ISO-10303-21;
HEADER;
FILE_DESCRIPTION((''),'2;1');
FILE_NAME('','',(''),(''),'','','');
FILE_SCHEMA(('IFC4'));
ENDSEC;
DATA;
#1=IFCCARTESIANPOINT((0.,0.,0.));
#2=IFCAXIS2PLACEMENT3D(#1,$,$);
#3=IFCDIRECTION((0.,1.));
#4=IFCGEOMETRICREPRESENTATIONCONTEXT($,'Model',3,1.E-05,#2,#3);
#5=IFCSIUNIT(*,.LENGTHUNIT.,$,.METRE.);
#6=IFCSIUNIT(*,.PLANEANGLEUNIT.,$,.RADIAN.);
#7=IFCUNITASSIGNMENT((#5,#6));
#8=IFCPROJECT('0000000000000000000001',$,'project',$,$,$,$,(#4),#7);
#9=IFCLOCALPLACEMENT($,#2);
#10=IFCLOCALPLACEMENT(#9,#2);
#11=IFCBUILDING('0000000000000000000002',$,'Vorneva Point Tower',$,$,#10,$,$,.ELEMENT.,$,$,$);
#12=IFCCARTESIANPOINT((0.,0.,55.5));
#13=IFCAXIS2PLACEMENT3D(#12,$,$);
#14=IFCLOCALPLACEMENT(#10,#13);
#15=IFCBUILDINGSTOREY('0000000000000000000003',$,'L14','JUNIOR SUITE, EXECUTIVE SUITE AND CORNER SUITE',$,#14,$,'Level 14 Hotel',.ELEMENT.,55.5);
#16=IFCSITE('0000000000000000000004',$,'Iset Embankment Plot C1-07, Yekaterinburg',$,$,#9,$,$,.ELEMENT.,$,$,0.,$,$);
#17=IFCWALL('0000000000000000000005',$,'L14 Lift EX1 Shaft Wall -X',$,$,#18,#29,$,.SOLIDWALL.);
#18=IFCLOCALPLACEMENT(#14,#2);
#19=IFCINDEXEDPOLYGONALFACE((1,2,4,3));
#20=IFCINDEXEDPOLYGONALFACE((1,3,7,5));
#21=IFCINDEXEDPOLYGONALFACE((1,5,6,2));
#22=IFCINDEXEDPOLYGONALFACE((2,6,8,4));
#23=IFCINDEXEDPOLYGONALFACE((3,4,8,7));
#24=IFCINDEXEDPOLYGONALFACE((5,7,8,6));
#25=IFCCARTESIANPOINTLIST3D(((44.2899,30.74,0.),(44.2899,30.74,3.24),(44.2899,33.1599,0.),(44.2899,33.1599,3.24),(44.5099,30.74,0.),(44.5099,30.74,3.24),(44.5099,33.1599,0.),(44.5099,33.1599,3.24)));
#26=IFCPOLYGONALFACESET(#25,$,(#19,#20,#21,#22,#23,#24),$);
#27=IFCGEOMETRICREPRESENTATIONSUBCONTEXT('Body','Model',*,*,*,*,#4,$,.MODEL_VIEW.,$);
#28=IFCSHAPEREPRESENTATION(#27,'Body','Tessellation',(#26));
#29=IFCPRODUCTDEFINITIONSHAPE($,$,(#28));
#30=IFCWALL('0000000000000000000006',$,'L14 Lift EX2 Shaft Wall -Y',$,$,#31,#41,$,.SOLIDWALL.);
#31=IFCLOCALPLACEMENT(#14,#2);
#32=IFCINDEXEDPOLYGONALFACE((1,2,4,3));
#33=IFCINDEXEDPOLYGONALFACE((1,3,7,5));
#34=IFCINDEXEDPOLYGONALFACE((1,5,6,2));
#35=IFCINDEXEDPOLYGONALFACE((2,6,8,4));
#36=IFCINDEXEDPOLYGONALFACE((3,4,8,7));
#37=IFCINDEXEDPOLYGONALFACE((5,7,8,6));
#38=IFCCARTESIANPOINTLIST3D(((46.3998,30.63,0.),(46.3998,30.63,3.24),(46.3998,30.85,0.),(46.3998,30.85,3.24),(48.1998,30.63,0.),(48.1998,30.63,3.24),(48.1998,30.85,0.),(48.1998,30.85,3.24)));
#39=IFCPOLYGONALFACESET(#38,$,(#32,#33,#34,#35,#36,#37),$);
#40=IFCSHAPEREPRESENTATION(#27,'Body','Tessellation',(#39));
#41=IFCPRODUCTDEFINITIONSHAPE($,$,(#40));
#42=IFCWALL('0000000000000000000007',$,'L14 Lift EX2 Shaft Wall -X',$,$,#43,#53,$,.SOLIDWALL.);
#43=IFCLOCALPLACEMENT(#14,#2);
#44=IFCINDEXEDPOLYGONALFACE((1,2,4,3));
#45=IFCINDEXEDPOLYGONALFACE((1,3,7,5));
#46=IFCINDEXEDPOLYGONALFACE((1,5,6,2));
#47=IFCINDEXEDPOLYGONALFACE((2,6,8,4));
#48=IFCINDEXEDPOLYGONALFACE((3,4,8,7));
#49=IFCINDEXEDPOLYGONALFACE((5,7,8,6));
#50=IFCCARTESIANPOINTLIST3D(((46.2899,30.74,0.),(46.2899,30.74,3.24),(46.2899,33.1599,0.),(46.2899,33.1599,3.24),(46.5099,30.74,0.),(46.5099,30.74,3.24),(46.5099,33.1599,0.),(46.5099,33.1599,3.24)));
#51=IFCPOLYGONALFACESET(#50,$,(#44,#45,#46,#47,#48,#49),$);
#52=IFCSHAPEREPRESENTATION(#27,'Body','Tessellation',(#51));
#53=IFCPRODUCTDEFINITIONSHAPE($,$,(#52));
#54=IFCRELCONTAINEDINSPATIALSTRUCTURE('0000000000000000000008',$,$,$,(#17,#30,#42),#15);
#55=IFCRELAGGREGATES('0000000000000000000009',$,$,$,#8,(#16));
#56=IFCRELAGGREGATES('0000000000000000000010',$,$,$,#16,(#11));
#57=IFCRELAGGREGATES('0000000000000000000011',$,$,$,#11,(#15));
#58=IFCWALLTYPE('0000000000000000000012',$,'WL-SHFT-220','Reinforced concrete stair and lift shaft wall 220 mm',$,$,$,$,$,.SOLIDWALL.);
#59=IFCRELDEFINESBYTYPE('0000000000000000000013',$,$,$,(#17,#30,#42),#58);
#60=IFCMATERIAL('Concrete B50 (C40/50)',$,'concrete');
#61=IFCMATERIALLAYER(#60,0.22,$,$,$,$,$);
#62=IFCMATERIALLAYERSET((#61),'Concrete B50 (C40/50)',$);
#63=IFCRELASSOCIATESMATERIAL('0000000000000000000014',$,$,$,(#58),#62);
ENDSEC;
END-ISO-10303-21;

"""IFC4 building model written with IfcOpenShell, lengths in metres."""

from ifc_helpers import new_model, si_unit, direction, frame, frame_2d, origin, place, context, subcontext, project, spatial, rectangle, extrude, material, layer, layer_set, type_object, element, save


model = new_model("IFC4")

# Units and contexts
model_context = context("Model", 3, precision=1e-05, world=origin(), true_north=direction((0.0, 1.0)))
body_context = subcontext(model_context, "Body", "Model", "MODEL_VIEW")
ifc_project = project(units=[si_unit("LENGTHUNIT", "METRE"), si_unit("PLANEANGLEUNIT", "RADIAN")], contexts=[model_context])

# Site, building, storey
site_placement = place(None, origin())
site = spatial("IfcSite", under=ifc_project, at=site_placement, Name="Iset Embankment Plot C1-07, Yekaterinburg", CompositionType="ELEMENT", RefElevation=0.0)
building_placement = place(site_placement, origin())
building = spatial("IfcBuilding", under=site, at=building_placement, Name="Vorneva Point Tower", CompositionType="ELEMENT")
storey_placement = place(building_placement, frame((0.0, 0.0, 55.5)))
storey = spatial("IfcBuildingStorey", under=building, at=storey_placement, Name="L14", Description="JUNIOR SUITE, EXECUTIVE SUITE AND CORNER SUITE", LongName="Level 14 Hotel", CompositionType="ELEMENT", Elevation=55.5)

# Walls
ifc_material_1 = material(Name="Concrete B50 (C40/50)", Category="concrete")
ifc_layer_1 = layer(ifc_material_1, 0.22)
ifc_layer_set_1 = layer_set([ifc_layer_1], Name="Concrete B50 (C40/50)")
wall_type_1 = type_object("IfcWallType", Name="WL-SHFT-220", Description="Reinforced concrete stair and lift shaft wall 220 mm", PredefinedType="SOLIDWALL", material=ifc_layer_set_1)
wall_1_placement = place(storey_placement, frame((44.3999, 33.1599, 0.0), z_axis=(0.0, 0.0, 1.0), x_axis=(0.0, -1.0, 0.0)))
element("IfcWall", 1, at=wall_1_placement, inside=storey, type_object=wall_type_1, Name="L14 Lift EX1 Shaft Wall -X", PredefinedType="SOLIDWALL", context=body_context, shape_type="SweptSolid", body=[
    extrude(rectangle(XDim=2.4199, YDim=0.22, at=frame_2d((1.21, 0.0))), origin(), (0.0, 0.0, 1.0), 3.24),
])
wall_2_placement = place(storey_placement, frame((46.3999, 30.74, 0.0), z_axis=(0.0, 0.0, 1.0), x_axis=(1.0, 0.0, 0.0)))
element("IfcWall", 2, at=wall_2_placement, inside=storey, type_object=wall_type_1, Name="L14 Lift EX2 Shaft Wall -Y", PredefinedType="SOLIDWALL", context=body_context, shape_type="SweptSolid", body=[
    extrude(rectangle(XDim=1.8, YDim=0.22, at=frame_2d((0.8999, 0.0))), origin(), (0.0, 0.0, 1.0), 3.24),
])
wall_3_placement = place(storey_placement, frame((46.3999, 33.1599, 0.0), z_axis=(0.0, 0.0, 1.0), x_axis=(0.0, -1.0, 0.0)))
element("IfcWall", 3, at=wall_3_placement, inside=storey, type_object=wall_type_1, Name="L14 Lift EX2 Shaft Wall -X", PredefinedType="SOLIDWALL", context=body_context, shape_type="SweptSolid", body=[
    extrude(rectangle(XDim=2.4199, YDim=0.22, at=frame_2d((1.21, 0.0))), origin(), (0.0, 0.0, 1.0), 3.24),
])

save(model, "model.ifc")
